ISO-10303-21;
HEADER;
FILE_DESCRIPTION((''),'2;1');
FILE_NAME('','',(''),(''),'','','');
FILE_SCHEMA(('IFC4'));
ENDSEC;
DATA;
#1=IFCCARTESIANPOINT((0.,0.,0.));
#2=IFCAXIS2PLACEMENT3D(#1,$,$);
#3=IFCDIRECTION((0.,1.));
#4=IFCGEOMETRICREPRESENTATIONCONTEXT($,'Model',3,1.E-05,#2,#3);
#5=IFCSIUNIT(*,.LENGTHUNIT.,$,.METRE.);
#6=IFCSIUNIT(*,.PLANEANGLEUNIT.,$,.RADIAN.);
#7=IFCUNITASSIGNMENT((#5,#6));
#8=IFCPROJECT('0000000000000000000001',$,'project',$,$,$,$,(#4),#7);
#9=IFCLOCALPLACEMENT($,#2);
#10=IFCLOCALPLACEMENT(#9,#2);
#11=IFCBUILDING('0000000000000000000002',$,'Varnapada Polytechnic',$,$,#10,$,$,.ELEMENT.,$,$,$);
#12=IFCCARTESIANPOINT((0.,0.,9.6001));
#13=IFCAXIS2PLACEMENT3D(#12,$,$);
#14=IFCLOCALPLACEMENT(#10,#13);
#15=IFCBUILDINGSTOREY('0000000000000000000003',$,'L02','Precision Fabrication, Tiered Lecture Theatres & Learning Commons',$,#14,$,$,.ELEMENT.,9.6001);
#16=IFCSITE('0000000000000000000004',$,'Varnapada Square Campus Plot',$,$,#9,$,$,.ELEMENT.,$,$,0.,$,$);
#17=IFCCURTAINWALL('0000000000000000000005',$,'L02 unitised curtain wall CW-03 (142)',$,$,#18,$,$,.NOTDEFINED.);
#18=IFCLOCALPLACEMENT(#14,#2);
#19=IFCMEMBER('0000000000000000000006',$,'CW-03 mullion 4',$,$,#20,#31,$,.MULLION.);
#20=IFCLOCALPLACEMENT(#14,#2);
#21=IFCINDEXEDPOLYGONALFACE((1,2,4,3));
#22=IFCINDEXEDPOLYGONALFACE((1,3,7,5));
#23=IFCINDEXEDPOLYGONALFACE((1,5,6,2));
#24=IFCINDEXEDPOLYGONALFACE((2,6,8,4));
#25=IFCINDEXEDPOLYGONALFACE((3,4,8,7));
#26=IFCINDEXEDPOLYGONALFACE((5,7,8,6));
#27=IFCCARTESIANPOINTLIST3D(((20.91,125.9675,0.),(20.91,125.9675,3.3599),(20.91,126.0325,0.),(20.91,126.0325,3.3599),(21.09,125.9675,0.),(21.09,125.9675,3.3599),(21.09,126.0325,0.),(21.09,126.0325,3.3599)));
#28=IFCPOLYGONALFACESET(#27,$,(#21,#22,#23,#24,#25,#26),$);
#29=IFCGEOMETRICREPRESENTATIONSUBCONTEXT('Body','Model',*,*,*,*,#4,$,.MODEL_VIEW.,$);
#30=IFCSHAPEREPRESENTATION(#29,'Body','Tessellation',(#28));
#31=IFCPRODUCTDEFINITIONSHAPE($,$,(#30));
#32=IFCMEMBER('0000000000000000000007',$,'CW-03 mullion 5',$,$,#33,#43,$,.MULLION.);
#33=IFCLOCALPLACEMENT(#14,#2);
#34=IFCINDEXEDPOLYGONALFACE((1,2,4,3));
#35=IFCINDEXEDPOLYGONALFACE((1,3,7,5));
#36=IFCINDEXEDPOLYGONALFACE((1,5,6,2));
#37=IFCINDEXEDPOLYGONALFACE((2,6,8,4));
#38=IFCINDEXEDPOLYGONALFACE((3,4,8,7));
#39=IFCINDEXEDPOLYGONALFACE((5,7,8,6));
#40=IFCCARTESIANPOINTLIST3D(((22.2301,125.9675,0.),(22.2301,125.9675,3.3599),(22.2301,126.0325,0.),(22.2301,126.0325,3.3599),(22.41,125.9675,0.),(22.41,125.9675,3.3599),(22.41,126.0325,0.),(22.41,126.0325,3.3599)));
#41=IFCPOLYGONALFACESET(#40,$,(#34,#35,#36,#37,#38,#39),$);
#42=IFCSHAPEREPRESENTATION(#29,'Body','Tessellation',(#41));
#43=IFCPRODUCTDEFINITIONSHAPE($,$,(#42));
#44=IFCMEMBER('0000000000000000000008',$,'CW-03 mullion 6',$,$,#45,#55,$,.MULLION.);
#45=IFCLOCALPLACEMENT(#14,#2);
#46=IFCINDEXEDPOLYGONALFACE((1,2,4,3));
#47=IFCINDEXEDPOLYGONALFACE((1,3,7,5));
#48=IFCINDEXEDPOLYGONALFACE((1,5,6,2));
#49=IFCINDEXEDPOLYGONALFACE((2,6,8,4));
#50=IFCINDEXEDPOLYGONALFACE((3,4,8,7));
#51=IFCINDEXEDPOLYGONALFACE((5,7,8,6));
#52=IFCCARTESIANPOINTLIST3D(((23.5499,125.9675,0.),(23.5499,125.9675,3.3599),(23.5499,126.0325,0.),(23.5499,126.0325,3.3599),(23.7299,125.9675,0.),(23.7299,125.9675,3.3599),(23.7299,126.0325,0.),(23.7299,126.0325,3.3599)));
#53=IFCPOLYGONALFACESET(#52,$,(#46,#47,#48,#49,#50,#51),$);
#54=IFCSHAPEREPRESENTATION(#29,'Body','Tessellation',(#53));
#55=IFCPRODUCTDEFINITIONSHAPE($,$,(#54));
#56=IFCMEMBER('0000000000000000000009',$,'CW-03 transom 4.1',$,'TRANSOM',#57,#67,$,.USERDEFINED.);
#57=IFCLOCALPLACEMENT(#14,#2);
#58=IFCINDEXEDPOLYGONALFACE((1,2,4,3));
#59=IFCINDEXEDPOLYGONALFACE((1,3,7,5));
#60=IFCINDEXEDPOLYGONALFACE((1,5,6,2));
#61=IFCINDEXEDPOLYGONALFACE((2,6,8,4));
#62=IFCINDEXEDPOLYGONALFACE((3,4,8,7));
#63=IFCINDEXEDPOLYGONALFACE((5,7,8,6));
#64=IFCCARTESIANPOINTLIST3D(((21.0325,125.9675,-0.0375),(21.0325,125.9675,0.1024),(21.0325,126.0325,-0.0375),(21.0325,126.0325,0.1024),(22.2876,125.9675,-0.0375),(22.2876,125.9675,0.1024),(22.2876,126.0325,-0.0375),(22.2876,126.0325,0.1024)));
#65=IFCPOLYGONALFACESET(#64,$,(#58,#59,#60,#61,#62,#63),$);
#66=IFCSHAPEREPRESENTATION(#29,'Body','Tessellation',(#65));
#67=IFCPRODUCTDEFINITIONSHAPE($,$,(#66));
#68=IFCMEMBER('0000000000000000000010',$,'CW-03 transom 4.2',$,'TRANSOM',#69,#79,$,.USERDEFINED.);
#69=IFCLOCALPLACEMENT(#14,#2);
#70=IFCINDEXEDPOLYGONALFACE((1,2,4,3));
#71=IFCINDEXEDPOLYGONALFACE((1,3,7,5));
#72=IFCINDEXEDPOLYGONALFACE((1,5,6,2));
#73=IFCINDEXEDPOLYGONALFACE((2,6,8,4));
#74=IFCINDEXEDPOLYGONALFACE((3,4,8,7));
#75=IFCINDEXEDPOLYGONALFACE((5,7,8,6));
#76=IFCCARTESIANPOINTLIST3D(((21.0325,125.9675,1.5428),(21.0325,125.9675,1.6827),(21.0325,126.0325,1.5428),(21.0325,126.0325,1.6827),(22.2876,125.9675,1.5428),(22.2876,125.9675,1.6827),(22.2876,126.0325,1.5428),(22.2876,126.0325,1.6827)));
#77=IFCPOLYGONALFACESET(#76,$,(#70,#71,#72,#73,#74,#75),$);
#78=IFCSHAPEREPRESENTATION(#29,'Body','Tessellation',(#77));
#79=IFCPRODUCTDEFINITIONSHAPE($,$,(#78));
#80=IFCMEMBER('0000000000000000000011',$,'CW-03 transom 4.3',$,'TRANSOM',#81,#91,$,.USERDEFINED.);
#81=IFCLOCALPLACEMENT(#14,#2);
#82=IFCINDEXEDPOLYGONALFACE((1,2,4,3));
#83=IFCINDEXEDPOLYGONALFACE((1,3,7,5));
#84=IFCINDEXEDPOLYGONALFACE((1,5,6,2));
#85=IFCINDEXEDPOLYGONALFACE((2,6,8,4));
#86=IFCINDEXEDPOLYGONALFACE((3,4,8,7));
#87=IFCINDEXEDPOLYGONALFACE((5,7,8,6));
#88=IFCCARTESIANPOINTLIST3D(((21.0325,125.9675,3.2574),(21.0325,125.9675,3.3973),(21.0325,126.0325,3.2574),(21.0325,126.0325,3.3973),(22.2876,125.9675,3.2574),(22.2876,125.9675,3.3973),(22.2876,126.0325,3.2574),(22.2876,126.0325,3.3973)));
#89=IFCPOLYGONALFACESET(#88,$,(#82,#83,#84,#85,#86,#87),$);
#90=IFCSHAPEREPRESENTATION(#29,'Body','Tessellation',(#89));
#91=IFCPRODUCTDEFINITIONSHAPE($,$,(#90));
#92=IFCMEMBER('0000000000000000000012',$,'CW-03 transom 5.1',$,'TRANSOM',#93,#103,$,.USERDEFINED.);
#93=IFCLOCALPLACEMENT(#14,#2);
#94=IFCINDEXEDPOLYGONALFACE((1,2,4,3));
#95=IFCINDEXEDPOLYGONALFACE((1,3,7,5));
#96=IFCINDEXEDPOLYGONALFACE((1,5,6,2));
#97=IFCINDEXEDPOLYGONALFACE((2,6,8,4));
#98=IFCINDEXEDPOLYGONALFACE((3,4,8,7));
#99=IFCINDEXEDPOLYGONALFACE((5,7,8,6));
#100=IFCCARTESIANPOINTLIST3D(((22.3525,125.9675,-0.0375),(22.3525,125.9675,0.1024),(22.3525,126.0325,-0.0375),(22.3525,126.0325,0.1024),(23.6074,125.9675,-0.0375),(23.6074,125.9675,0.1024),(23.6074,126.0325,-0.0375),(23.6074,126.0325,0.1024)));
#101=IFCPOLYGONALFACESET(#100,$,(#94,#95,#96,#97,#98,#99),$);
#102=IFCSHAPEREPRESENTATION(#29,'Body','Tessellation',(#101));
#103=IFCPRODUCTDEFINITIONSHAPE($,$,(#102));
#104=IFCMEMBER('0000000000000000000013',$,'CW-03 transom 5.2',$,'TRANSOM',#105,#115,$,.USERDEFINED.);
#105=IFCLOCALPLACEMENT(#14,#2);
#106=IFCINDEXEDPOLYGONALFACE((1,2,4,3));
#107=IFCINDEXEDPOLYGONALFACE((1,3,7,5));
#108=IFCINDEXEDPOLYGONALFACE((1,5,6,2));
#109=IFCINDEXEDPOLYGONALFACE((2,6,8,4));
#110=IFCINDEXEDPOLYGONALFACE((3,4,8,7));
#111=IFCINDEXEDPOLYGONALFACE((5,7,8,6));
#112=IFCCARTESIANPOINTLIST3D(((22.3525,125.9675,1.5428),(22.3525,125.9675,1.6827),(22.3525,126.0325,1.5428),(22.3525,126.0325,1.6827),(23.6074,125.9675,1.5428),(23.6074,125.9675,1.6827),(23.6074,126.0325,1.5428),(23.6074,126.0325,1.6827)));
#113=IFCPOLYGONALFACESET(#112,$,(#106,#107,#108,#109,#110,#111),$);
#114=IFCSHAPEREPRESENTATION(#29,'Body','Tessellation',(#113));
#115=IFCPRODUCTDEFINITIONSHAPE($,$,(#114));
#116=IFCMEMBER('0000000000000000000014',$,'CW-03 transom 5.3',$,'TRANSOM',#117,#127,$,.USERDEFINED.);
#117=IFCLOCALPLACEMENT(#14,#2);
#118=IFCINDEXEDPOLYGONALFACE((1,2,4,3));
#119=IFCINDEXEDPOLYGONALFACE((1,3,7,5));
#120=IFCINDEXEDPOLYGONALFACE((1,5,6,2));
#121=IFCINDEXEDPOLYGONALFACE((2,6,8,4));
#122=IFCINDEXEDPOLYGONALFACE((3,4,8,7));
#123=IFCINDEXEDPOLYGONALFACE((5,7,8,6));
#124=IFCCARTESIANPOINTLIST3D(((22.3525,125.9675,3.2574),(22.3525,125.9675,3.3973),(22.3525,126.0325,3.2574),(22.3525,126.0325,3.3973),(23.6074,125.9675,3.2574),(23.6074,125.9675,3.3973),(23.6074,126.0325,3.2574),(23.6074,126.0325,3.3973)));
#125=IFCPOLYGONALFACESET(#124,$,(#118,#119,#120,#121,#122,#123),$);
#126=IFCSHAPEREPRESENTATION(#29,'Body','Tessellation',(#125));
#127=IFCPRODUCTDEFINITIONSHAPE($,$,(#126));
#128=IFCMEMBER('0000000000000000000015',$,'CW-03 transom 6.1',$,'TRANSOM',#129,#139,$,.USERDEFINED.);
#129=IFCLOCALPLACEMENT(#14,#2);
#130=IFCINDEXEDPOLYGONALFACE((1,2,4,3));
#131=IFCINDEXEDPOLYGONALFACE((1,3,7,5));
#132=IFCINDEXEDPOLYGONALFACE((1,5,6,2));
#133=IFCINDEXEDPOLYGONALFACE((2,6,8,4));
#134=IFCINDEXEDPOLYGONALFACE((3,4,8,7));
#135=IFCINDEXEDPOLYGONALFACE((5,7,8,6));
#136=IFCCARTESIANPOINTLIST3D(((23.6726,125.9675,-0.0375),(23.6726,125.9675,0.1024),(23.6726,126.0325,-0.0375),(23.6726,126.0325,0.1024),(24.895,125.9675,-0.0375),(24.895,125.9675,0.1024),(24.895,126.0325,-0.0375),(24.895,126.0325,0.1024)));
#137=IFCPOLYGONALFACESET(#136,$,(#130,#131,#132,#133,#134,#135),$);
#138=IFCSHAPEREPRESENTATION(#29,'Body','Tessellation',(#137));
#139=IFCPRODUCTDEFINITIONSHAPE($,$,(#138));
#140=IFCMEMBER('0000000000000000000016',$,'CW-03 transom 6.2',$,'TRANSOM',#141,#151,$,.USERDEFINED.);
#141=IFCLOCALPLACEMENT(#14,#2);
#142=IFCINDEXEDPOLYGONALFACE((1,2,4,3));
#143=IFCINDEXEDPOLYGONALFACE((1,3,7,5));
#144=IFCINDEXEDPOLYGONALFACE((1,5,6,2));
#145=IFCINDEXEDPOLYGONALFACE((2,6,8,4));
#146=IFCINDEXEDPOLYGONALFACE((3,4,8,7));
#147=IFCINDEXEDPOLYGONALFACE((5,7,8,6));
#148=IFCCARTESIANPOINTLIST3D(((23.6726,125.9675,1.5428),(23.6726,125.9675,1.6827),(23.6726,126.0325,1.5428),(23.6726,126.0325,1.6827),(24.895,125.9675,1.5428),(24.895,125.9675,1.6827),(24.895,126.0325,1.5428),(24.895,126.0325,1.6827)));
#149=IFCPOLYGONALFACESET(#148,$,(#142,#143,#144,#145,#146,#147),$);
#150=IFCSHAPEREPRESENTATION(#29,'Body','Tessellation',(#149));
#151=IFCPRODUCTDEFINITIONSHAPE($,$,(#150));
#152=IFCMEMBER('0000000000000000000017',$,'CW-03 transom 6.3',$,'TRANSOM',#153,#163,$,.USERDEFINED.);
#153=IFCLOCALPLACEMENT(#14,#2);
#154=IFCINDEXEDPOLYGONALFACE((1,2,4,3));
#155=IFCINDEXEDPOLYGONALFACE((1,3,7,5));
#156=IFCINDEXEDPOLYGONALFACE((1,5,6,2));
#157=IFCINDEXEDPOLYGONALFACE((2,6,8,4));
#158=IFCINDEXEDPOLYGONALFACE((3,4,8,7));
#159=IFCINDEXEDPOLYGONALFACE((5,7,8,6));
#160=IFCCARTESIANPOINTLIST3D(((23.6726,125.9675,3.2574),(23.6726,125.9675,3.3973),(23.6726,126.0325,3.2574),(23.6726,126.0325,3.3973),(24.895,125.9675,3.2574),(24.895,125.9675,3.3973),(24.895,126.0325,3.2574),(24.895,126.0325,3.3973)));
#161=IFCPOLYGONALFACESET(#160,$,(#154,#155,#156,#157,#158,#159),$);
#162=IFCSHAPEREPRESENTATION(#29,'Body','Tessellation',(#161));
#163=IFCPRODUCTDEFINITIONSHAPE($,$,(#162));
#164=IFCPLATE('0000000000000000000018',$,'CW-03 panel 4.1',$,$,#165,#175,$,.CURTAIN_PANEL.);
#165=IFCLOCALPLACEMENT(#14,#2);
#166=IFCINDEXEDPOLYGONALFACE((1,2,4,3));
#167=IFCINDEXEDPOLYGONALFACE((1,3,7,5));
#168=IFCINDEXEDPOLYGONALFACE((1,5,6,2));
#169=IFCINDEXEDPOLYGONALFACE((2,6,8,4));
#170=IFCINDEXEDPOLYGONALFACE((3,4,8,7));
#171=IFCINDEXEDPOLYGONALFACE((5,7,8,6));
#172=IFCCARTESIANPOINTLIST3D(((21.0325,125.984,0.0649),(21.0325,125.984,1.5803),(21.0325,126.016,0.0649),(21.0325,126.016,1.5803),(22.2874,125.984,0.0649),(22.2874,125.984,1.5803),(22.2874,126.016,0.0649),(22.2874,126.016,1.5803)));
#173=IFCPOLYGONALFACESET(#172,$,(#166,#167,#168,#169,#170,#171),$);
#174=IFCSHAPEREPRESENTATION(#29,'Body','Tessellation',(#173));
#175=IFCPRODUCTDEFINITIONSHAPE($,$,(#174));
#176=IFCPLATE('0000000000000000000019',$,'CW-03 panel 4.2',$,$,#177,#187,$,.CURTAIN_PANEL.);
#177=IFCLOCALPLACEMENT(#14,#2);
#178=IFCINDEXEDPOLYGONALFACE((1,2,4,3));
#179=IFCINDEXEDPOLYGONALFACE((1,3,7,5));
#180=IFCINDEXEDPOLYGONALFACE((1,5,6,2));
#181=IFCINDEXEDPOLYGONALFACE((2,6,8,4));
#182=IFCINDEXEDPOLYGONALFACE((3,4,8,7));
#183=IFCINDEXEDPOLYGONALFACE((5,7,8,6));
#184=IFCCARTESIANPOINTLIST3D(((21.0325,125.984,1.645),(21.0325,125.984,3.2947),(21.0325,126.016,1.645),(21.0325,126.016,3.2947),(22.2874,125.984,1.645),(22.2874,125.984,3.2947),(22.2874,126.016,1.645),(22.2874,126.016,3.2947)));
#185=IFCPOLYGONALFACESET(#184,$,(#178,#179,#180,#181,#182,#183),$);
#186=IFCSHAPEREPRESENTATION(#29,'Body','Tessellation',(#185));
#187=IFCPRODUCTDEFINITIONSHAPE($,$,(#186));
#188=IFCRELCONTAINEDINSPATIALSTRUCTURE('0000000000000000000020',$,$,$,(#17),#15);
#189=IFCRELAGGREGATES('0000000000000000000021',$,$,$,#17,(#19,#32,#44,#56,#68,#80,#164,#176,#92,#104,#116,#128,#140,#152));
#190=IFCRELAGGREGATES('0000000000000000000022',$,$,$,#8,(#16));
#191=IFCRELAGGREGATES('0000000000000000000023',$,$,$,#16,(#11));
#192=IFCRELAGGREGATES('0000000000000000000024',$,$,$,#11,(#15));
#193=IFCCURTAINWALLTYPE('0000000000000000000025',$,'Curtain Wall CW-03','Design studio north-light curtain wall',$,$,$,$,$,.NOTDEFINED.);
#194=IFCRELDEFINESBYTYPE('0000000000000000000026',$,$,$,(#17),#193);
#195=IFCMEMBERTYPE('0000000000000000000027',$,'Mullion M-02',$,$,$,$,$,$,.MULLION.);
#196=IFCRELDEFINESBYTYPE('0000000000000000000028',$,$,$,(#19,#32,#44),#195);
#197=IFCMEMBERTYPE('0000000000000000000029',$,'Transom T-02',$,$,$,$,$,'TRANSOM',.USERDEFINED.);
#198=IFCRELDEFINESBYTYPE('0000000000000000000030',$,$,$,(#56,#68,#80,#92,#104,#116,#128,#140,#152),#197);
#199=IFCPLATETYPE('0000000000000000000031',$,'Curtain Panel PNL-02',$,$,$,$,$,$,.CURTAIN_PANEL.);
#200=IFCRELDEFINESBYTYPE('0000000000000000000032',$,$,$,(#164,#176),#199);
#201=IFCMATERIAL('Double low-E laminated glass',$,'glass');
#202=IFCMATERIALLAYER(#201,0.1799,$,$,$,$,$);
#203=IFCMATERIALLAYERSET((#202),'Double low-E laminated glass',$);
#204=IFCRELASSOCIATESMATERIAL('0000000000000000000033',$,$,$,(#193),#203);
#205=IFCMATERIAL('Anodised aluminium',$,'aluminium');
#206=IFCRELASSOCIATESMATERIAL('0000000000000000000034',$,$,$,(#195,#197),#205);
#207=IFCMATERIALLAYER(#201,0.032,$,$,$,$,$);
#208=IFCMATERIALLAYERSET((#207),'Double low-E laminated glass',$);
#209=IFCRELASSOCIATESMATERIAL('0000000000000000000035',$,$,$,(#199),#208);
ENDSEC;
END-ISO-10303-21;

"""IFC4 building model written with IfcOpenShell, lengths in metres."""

from ifc_helpers import new_model, si_unit, direction, frame, origin, origin_2d, place, context, subcontext, project, spatial, rectangle, extrude, material, layer, layer_set, material_profile, profile_set, type_object, element, aggregate, save


model = new_model("IFC4")

# Units and contexts
model_context = context("Model", 3, precision=1e-05, world=origin(), true_north=direction((0.0, 1.0)))
body_context = subcontext(model_context, "Body", "Model", "MODEL_VIEW")
ifc_project = project(units=[si_unit("LENGTHUNIT", "METRE"), si_unit("PLANEANGLEUNIT", "RADIAN")], contexts=[model_context])

# Site, building, storey
site_placement = place(None, origin())
site = spatial("IfcSite", under=ifc_project, at=site_placement, Name="Varnapada Square Campus Plot", CompositionType="ELEMENT", RefElevation=0.0)
building_placement = place(site_placement, origin())
building = spatial("IfcBuilding", under=site, at=building_placement, Name="Varnapada Polytechnic", CompositionType="ELEMENT")
storey_placement = place(building_placement, frame((0.0, 0.0, 9.6001)))
storey = spatial("IfcBuildingStorey", under=building, at=storey_placement, Name="L02", Description="Precision Fabrication, Tiered Lecture Theatres & Learning Commons", CompositionType="ELEMENT", Elevation=9.6001)

# Curtain wall, members, plates
ifc_material_1 = material(Name="Double low-E laminated glass", Category="glass")
ifc_layer_1 = layer(ifc_material_1, 0.1799)
ifc_layer_set_1 = layer_set([ifc_layer_1], Name="Double low-E laminated glass")
curtain_wall_type = type_object("IfcCurtainWallType", Name="Curtain Wall CW-03", Description="Design studio north-light curtain wall", PredefinedType="NOTDEFINED", material=ifc_layer_set_1)
curtain_wall_placement = place(storey_placement, origin())
curtain_wall = element("IfcCurtainWall", 1, at=curtain_wall_placement, inside=storey, type_object=curtain_wall_type, Name="L02 unitised curtain wall CW-03 (142)", PredefinedType="NOTDEFINED")
ifc_material_2 = material(Name="Anodised aluminium", Category="aluminium")
ifc_material_profile_1 = material_profile(ifc_material_2, rectangle(XDim=0.0649, YDim=0.1799, at=origin_2d()), Name="ALU M65x180")
ifc_profile_set_1 = profile_set([ifc_material_profile_1], Name="Anodised aluminium")
member_type_1 = type_object("IfcMemberType", Name="Mullion M-02", PredefinedType="MULLION", material=ifc_profile_set_1)
member_1_placement = place(storey_placement, frame((21.0, 126.0, 0.0), z_axis=(0.0, 0.0, 1.0), x_axis=(0.0, 1.0, 0.0)))
member_1 = element("IfcMember", 2, at=member_1_placement, type_object=member_type_1, Name="CW-03 mullion 4", PredefinedType="MULLION", context=body_context, shape_type="SweptSolid", body=[
    extrude(rectangle(XDim=0.0649, YDim=0.1799, at=origin_2d()), origin(), (0.0, 0.0, 1.0), 3.3599),
])
member_2_placement = place(storey_placement, frame((22.3201, 126.0, 0.0), z_axis=(0.0, 0.0, 1.0), x_axis=(0.0, 1.0, 0.0)))
member_2 = element("IfcMember", 3, at=member_2_placement, type_object=member_type_1, Name="CW-03 mullion 5", PredefinedType="MULLION", context=body_context, shape_type="SweptSolid", body=[
    extrude(rectangle(XDim=0.0649, YDim=0.1799, at=origin_2d()), origin(), (0.0, 0.0, 1.0), 3.3599),
])
member_3_placement = place(storey_placement, frame((23.6399, 126.0, 0.0), z_axis=(0.0, 0.0, 1.0), x_axis=(0.0, 1.0, 0.0)))
member_3 = element("IfcMember", 4, at=member_3_placement, type_object=member_type_1, Name="CW-03 mullion 6", PredefinedType="MULLION", context=body_context, shape_type="SweptSolid", body=[
    extrude(rectangle(XDim=0.0649, YDim=0.1799, at=origin_2d()), origin(), (0.0, 0.0, 1.0), 3.3599),
])
ifc_material_profile_2 = material_profile(ifc_material_2, rectangle(XDim=0.0649, YDim=0.1399, at=origin_2d()), Name="ALU T65x140")
ifc_profile_set_2 = profile_set([ifc_material_profile_2], Name="Anodised aluminium")
member_type_2 = type_object("IfcMemberType", Name="Transom T-02", ElementType="TRANSOM", PredefinedType="USERDEFINED", material=ifc_profile_set_2)
member_4_placement = place(storey_placement, frame((21.0325, 126.0, 0.0325), z_axis=(1.0, 0.0, 0.0), x_axis=(0.0, 1.0, 0.0)))
member_4 = element("IfcMember", 5, at=member_4_placement, type_object=member_type_2, Name="CW-03 transom 4.1", ObjectType="TRANSOM", PredefinedType="USERDEFINED", context=body_context, shape_type="SweptSolid", body=[
    extrude(rectangle(XDim=0.0649, YDim=0.1399, at=origin_2d()), origin(), (0.0, 0.0, 1.0), 1.2551),
])
member_5_placement = place(storey_placement, frame((21.0325, 126.0, 1.6128), z_axis=(1.0, 0.0, 0.0), x_axis=(0.0, 1.0, 0.0)))
member_5 = element("IfcMember", 6, at=member_5_placement, type_object=member_type_2, Name="CW-03 transom 4.2", ObjectType="TRANSOM", PredefinedType="USERDEFINED", context=body_context, shape_type="SweptSolid", body=[
    extrude(rectangle(XDim=0.0649, YDim=0.1399, at=origin_2d()), origin(), (0.0, 0.0, 1.0), 1.2551),
])
member_6_placement = place(storey_placement, frame((21.0325, 126.0, 3.3274), z_axis=(1.0, 0.0, 0.0), x_axis=(0.0, 1.0, 0.0)))
member_6 = element("IfcMember", 7, at=member_6_placement, type_object=member_type_2, Name="CW-03 transom 4.3", ObjectType="TRANSOM", PredefinedType="USERDEFINED", context=body_context, shape_type="SweptSolid", body=[
    extrude(rectangle(XDim=0.0649, YDim=0.1399, at=origin_2d()), origin(), (0.0, 0.0, 1.0), 1.2551),
])
member_7_placement = place(storey_placement, frame((22.3525, 126.0, 0.0325), z_axis=(1.0, 0.0, 0.0), x_axis=(0.0, 1.0, 0.0)))
member_7 = element("IfcMember", 8, at=member_7_placement, type_object=member_type_2, Name="CW-03 transom 5.1", ObjectType="TRANSOM", PredefinedType="USERDEFINED", context=body_context, shape_type="SweptSolid", body=[
    extrude(rectangle(XDim=0.0649, YDim=0.1399, at=origin_2d()), origin(), (0.0, 0.0, 1.0), 1.2549),
])
member_8_placement = place(storey_placement, frame((22.3525, 126.0, 1.6128), z_axis=(1.0, 0.0, 0.0), x_axis=(0.0, 1.0, 0.0)))
member_8 = element("IfcMember", 9, at=member_8_placement, type_object=member_type_2, Name="CW-03 transom 5.2", ObjectType="TRANSOM", PredefinedType="USERDEFINED", context=body_context, shape_type="SweptSolid", body=[
    extrude(rectangle(XDim=0.0649, YDim=0.1399, at=origin_2d()), origin(), (0.0, 0.0, 1.0), 1.2549),
])
member_9_placement = place(storey_placement, frame((22.3525, 126.0, 3.3274), z_axis=(1.0, 0.0, 0.0), x_axis=(0.0, 1.0, 0.0)))
member_9 = element("IfcMember", 10, at=member_9_placement, type_object=member_type_2, Name="CW-03 transom 5.3", ObjectType="TRANSOM", PredefinedType="USERDEFINED", context=body_context, shape_type="SweptSolid", body=[
    extrude(rectangle(XDim=0.0649, YDim=0.1399, at=origin_2d()), origin(), (0.0, 0.0, 1.0), 1.2549),
])
member_10_placement = place(storey_placement, frame((23.6726, 126.0, 0.0325), z_axis=(1.0, 0.0, 0.0), x_axis=(0.0, 1.0, 0.0)))
member_10 = element("IfcMember", 11, at=member_10_placement, type_object=member_type_2, Name="CW-03 transom 6.1", ObjectType="TRANSOM", PredefinedType="USERDEFINED", context=body_context, shape_type="SweptSolid", body=[
    extrude(rectangle(XDim=0.0649, YDim=0.1399, at=origin_2d()), origin(), (0.0, 0.0, 1.0), 1.2224),
])
member_11_placement = place(storey_placement, frame((23.6726, 126.0, 1.6128), z_axis=(1.0, 0.0, 0.0), x_axis=(0.0, 1.0, 0.0)))
member_11 = element("IfcMember", 12, at=member_11_placement, type_object=member_type_2, Name="CW-03 transom 6.2", ObjectType="TRANSOM", PredefinedType="USERDEFINED", context=body_context, shape_type="SweptSolid", body=[
    extrude(rectangle(XDim=0.0649, YDim=0.1399, at=origin_2d()), origin(), (0.0, 0.0, 1.0), 1.2224),
])
member_12_placement = place(storey_placement, frame((23.6726, 126.0, 3.3274), z_axis=(1.0, 0.0, 0.0), x_axis=(0.0, 1.0, 0.0)))
member_12 = element("IfcMember", 13, at=member_12_placement, type_object=member_type_2, Name="CW-03 transom 6.3", ObjectType="TRANSOM", PredefinedType="USERDEFINED", context=body_context, shape_type="SweptSolid", body=[
    extrude(rectangle(XDim=0.0649, YDim=0.1399, at=origin_2d()), origin(), (0.0, 0.0, 1.0), 1.2224),
])
ifc_layer_2 = layer(ifc_material_1, 0.032)
ifc_layer_set_2 = layer_set([ifc_layer_2], Name="Double low-E laminated glass")
plate_type = type_object("IfcPlateType", Name="Curtain Panel PNL-02", PredefinedType="CURTAIN_PANEL", material=ifc_layer_set_2)
plate_1_placement = place(storey_placement, frame((21.6599, 126.0, 0.0649), z_axis=(0.0, 0.0, 1.0), x_axis=(1.0, 0.0, 0.0)))
plate_1 = element("IfcPlate", 14, at=plate_1_placement, type_object=plate_type, Name="CW-03 panel 4.1", PredefinedType="CURTAIN_PANEL", context=body_context, shape_type="SweptSolid", body=[
    extrude(rectangle(XDim=1.2549, YDim=0.032, at=origin_2d()), origin(), (0.0, 0.0, 1.0), 1.5154),
])
plate_2_placement = place(storey_placement, frame((21.6599, 126.0, 1.645), z_axis=(0.0, 0.0, 1.0), x_axis=(1.0, 0.0, 0.0)))
plate_2 = element("IfcPlate", 15, at=plate_2_placement, type_object=plate_type, Name="CW-03 panel 4.2", PredefinedType="CURTAIN_PANEL", context=body_context, shape_type="SweptSolid", body=[
    extrude(rectangle(XDim=1.2549, YDim=0.032, at=origin_2d()), origin(), (0.0, 0.0, 1.0), 1.6497),
])
aggregate(curtain_wall, [member_1, member_2, member_3, member_4, member_5, member_6, plate_1, plate_2, member_7, member_8, member_9, member_10, member_11, member_12])

save(model, "model.ifc")
